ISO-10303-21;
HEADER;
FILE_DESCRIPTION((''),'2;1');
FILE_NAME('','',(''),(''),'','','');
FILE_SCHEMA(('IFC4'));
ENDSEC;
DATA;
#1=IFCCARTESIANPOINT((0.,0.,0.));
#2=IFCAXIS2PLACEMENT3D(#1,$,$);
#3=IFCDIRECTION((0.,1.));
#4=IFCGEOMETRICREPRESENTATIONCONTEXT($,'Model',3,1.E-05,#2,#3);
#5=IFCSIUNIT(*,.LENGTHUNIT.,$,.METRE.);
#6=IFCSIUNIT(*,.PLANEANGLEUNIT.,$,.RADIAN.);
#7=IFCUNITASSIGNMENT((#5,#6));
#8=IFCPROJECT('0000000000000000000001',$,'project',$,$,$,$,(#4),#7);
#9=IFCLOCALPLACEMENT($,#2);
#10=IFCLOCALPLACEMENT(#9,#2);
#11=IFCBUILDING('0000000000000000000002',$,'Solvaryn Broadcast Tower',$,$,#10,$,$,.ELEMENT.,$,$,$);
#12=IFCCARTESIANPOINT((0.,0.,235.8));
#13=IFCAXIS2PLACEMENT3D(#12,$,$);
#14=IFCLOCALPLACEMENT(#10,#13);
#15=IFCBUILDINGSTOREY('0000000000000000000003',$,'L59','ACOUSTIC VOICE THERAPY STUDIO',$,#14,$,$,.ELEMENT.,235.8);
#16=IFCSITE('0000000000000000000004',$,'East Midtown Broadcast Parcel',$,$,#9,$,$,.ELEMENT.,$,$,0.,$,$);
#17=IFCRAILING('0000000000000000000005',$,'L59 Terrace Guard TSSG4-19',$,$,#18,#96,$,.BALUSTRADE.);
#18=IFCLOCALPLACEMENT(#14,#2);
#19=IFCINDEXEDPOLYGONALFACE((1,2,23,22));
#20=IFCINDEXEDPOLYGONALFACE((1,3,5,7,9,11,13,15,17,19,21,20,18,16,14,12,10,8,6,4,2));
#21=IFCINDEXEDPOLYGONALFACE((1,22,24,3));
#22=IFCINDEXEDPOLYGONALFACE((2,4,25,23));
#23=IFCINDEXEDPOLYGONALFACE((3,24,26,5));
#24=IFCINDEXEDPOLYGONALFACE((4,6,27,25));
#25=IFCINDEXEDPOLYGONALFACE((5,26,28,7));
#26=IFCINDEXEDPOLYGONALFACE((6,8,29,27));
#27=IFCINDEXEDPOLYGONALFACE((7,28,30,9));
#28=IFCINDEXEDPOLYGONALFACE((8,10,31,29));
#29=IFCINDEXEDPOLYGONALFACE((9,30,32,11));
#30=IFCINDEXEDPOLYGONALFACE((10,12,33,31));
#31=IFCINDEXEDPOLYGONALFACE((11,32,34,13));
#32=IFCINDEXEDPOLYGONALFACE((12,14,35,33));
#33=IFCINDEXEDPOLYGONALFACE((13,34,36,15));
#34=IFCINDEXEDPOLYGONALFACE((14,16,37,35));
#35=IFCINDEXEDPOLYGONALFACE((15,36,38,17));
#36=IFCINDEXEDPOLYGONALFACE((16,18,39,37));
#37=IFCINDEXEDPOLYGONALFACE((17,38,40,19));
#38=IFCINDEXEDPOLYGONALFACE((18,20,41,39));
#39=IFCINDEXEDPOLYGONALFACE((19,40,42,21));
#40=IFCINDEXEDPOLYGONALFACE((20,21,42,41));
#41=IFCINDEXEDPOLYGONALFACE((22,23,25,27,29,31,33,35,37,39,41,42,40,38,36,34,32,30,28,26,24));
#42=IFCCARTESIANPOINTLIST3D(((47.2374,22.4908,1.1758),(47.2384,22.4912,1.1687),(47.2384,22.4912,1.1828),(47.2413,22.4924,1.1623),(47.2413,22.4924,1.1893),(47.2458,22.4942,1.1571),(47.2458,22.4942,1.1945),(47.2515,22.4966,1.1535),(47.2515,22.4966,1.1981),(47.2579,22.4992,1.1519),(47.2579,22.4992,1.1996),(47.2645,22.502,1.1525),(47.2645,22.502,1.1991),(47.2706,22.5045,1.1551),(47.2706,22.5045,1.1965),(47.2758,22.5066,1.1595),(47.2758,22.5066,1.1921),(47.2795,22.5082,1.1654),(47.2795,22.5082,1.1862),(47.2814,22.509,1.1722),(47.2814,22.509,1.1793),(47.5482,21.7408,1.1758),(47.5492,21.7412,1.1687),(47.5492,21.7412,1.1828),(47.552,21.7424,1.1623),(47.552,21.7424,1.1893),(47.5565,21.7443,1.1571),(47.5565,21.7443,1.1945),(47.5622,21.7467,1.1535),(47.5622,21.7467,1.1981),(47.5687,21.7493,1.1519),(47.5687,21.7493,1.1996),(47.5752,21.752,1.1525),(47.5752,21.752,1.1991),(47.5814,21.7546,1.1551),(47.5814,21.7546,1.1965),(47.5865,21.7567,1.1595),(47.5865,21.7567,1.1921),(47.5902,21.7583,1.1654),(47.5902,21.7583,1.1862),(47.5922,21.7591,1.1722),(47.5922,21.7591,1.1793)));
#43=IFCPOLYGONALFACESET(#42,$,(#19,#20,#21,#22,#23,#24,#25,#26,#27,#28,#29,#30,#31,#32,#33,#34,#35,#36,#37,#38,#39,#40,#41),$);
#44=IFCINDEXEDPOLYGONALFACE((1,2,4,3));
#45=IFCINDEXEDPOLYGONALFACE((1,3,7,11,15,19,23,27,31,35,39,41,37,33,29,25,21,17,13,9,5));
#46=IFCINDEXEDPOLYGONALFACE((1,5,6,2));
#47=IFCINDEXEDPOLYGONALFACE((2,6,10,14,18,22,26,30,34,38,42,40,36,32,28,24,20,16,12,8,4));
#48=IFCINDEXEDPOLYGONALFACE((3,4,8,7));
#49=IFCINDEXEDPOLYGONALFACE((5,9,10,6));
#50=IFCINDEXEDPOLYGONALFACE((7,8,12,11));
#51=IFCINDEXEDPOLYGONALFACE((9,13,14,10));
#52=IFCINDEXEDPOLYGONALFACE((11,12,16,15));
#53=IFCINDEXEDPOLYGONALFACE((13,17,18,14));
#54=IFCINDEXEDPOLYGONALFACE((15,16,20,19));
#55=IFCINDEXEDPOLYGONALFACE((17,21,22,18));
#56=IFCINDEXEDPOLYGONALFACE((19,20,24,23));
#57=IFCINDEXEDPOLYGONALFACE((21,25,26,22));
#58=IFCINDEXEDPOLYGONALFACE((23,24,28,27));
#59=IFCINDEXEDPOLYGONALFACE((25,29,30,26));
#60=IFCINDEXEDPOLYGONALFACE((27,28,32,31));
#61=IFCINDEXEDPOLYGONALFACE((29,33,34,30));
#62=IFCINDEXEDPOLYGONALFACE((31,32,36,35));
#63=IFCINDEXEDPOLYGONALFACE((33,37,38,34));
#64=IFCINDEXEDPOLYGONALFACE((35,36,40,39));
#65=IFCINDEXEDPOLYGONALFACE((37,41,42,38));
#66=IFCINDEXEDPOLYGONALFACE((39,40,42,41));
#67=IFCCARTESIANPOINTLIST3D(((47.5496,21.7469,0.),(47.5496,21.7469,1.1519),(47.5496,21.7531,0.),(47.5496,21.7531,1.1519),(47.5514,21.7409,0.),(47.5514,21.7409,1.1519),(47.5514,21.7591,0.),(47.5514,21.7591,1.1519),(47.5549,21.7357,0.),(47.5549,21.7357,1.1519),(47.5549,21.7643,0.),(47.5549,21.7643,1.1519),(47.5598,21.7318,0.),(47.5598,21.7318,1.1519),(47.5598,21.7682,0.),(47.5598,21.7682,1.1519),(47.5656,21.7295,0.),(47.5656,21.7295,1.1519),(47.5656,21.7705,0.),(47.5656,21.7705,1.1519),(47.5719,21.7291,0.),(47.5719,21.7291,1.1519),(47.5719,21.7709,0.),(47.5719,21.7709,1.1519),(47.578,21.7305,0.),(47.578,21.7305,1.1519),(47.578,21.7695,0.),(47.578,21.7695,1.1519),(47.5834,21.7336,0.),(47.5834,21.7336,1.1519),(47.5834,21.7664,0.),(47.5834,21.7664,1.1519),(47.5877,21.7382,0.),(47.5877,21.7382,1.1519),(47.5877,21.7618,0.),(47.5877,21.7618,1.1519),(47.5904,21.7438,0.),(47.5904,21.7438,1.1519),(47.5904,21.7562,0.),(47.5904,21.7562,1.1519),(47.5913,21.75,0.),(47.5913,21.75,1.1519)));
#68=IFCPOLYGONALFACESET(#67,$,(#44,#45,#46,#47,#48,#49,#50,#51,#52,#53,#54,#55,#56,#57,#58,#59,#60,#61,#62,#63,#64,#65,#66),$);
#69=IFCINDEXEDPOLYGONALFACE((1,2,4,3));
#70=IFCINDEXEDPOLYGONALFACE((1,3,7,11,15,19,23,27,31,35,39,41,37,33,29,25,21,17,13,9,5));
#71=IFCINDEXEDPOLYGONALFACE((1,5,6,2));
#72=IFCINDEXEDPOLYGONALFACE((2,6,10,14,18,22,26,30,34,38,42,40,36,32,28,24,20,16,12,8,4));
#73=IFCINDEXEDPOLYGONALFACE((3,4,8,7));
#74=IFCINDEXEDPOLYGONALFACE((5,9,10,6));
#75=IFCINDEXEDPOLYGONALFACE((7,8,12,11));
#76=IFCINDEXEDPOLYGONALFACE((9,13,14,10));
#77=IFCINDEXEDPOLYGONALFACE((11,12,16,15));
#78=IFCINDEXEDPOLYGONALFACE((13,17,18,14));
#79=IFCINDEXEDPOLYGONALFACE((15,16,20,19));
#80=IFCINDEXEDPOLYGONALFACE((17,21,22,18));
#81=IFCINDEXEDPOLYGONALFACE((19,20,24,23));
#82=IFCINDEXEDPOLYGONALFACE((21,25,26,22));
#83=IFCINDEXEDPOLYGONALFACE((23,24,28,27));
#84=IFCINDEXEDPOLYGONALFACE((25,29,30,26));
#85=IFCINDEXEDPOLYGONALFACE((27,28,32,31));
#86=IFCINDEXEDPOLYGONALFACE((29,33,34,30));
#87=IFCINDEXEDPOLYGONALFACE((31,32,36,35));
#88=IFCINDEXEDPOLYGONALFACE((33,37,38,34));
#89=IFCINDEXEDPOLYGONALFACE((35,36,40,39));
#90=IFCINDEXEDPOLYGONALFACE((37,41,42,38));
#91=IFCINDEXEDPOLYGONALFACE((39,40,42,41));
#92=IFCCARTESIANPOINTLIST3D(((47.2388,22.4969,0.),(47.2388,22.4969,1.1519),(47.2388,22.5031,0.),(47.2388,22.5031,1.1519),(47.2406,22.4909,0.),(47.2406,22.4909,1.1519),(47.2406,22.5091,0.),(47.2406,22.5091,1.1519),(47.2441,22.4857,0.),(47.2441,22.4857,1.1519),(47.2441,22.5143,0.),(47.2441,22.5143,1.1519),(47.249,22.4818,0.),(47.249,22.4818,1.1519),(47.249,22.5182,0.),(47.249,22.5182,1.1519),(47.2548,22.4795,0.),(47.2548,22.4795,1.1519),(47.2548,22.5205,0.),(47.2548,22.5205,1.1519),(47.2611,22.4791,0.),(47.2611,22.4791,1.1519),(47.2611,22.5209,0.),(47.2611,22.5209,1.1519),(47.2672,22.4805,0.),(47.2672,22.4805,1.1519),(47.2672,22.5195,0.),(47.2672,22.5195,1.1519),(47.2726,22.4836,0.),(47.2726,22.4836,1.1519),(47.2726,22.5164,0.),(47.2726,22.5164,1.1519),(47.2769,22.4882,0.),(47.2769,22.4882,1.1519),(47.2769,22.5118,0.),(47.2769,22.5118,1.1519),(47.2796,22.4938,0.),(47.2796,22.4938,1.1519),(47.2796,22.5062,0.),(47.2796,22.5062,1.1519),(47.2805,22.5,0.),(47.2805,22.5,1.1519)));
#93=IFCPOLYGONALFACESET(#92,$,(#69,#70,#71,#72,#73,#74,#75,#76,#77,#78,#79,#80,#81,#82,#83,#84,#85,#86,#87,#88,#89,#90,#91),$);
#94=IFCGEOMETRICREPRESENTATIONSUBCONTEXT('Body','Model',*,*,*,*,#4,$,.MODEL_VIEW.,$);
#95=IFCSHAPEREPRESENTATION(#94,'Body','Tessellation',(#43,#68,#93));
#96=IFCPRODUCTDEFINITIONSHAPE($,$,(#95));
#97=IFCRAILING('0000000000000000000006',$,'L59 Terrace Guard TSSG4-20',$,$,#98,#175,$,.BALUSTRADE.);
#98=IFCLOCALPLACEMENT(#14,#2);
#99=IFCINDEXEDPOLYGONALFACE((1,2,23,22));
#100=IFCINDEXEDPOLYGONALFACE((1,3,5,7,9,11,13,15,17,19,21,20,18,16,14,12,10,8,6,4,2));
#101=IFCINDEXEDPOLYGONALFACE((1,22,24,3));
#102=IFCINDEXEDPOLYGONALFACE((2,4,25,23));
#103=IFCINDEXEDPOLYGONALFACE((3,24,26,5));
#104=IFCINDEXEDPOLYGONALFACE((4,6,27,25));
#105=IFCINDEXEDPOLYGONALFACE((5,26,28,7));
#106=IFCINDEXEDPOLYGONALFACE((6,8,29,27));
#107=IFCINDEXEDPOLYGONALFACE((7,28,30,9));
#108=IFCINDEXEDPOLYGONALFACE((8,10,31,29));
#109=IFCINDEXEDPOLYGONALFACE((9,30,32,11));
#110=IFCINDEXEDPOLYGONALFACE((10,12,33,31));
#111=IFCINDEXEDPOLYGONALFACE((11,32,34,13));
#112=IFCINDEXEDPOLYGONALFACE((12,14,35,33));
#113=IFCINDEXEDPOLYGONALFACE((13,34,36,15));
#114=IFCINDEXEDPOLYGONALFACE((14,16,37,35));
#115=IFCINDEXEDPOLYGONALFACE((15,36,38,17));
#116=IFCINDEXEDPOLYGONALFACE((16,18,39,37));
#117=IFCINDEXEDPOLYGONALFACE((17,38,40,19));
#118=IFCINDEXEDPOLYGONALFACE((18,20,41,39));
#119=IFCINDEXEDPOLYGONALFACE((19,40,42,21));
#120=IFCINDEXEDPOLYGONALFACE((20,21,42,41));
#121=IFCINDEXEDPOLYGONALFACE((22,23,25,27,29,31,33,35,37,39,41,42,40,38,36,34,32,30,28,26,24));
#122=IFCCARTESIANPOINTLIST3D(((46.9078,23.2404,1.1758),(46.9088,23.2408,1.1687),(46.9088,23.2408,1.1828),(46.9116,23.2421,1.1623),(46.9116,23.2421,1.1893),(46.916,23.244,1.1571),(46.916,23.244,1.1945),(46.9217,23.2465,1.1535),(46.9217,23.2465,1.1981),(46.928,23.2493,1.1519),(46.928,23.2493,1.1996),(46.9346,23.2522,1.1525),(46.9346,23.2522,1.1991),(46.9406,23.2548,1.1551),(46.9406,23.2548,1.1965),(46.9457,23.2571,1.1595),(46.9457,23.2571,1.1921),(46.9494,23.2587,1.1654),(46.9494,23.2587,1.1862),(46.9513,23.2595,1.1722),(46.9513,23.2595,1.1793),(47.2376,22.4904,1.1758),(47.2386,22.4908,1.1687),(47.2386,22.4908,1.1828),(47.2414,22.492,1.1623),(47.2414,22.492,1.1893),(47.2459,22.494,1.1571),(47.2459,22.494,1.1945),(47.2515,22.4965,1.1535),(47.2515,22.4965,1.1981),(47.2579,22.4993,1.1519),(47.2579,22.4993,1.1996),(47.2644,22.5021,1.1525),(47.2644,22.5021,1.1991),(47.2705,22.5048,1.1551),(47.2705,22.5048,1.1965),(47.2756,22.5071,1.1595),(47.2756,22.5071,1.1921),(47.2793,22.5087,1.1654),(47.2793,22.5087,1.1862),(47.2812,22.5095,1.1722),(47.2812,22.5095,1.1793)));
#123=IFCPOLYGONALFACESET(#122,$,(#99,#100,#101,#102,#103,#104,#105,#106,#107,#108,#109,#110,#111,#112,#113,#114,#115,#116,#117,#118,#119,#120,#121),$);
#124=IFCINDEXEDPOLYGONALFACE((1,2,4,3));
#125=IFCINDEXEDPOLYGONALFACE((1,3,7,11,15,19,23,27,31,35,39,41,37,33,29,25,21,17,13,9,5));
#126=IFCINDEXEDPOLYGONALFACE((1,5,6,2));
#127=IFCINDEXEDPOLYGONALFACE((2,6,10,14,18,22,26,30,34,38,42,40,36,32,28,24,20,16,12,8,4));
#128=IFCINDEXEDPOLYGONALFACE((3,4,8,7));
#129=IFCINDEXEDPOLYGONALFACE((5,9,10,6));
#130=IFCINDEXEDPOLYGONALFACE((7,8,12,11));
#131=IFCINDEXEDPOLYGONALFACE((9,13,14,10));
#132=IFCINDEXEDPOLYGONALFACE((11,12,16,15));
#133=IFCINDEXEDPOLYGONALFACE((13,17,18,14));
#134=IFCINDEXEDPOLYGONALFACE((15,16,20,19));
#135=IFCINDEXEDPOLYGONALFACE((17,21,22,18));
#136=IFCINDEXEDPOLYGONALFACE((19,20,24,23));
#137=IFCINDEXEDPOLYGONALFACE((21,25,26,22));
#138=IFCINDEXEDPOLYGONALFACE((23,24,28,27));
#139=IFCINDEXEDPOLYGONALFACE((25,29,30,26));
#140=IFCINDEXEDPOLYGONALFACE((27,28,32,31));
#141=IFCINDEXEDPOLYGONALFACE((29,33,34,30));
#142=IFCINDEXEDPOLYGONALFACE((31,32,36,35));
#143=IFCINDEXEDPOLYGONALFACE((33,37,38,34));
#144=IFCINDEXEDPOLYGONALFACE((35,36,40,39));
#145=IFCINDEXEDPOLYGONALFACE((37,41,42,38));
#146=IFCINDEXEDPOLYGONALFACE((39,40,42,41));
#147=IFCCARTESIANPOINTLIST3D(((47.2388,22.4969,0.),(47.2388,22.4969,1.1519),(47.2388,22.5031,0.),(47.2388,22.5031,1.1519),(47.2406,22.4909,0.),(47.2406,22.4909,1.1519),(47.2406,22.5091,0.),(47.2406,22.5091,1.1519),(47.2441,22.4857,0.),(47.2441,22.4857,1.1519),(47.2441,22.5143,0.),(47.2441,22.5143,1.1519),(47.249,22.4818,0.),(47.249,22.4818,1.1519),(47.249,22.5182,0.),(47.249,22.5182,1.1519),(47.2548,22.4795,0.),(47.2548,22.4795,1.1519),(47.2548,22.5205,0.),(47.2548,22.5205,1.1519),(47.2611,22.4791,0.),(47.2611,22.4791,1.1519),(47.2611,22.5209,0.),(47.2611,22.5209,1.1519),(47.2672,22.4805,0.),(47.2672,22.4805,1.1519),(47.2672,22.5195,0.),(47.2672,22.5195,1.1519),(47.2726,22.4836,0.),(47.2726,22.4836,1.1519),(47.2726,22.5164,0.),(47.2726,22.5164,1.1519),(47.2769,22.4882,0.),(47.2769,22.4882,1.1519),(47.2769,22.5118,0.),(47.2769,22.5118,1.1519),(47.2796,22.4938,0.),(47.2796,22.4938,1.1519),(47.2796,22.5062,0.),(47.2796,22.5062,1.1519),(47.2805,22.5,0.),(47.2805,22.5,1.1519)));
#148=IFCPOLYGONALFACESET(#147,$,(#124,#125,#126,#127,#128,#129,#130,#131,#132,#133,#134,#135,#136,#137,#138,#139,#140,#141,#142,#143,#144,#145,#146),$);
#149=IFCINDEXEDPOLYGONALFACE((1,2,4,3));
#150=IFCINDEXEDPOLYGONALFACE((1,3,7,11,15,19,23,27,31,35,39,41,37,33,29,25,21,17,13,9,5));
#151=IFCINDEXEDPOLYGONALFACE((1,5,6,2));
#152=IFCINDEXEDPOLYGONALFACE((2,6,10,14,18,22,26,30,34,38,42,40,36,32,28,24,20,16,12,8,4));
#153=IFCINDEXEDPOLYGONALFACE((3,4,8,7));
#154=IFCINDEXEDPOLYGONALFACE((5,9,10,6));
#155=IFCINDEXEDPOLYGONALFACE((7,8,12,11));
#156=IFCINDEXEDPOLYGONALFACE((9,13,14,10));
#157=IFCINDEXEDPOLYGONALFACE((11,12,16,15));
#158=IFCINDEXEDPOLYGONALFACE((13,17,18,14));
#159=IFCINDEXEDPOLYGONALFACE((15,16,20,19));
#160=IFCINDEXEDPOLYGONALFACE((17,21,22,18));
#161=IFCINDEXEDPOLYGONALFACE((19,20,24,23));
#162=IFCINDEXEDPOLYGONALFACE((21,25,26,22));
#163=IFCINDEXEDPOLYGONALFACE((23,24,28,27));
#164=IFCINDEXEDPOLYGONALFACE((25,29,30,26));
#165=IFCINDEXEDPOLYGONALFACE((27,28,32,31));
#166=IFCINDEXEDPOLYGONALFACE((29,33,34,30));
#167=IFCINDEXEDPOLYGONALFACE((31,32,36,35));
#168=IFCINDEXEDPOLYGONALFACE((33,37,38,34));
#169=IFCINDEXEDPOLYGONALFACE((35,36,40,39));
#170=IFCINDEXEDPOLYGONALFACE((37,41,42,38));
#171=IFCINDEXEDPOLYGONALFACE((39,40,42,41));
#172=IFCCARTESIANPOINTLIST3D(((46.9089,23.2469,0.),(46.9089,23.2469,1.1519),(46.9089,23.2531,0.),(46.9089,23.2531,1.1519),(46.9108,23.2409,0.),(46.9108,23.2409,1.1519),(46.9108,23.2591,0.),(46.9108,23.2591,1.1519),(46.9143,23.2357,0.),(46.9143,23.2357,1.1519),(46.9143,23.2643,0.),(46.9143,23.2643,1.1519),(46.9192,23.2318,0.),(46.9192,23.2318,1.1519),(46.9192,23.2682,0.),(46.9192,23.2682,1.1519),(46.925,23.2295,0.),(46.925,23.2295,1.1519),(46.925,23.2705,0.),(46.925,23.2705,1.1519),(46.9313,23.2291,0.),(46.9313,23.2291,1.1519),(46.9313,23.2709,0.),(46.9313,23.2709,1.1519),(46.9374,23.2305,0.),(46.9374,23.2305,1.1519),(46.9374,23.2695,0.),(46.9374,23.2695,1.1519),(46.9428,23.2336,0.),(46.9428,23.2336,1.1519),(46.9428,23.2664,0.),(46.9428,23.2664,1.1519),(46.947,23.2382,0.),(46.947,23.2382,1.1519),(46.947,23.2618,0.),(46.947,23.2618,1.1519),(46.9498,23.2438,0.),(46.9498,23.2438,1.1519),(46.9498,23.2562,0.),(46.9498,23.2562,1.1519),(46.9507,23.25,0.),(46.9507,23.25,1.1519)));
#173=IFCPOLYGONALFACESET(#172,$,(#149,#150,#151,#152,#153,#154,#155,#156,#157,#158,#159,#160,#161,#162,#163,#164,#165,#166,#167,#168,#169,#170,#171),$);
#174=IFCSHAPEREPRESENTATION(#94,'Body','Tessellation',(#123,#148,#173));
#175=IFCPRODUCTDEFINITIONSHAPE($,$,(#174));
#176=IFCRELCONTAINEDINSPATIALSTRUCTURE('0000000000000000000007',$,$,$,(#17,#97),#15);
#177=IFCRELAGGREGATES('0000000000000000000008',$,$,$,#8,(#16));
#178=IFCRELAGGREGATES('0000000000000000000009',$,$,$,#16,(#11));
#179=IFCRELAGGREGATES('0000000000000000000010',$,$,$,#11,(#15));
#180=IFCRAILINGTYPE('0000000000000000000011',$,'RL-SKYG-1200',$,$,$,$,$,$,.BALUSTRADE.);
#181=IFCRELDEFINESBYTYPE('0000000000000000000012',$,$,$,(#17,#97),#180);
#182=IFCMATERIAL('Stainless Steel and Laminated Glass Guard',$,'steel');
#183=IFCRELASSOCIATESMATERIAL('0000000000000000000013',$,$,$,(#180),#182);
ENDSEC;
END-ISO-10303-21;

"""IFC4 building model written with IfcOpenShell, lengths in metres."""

from ifc_helpers import new_model, si_unit, direction, frame, origin, origin_2d, place, context, subcontext, project, spatial, circle, extrude, material, type_object, element, save


model = new_model("IFC4")

# Units and contexts
model_context = context("Model", 3, precision=1e-05, world=origin(), true_north=direction((0.0, 1.0)))
body_context = subcontext(model_context, "Body", "Model", "MODEL_VIEW")
ifc_project = project(units=[si_unit("LENGTHUNIT", "METRE"), si_unit("PLANEANGLEUNIT", "RADIAN")], contexts=[model_context])

# Site, building, storey
site_placement = place(None, origin())
site = spatial("IfcSite", under=ifc_project, at=site_placement, Name="East Midtown Broadcast Parcel", CompositionType="ELEMENT", RefElevation=0.0)
building_placement = place(site_placement, origin())
building = spatial("IfcBuilding", under=site, at=building_placement, Name="Solvaryn Broadcast Tower", CompositionType="ELEMENT")
storey_placement = place(building_placement, frame((0.0, 0.0, 235.8)))
storey = spatial("IfcBuildingStorey", under=building, at=storey_placement, Name="L59", Description="ACOUSTIC VOICE THERAPY STUDIO", CompositionType="ELEMENT", Elevation=235.8)

# Railings
ifc_material_1 = material(Name="Stainless Steel and Laminated Glass Guard", Category="steel")
railing_type = type_object("IfcRailingType", Name="RL-SKYG-1200", PredefinedType="BALUSTRADE", material=ifc_material_1)
railing_1_placement = place(storey_placement, frame((47.5703, 21.75, 0.0)))
element("IfcRailing", 1, at=railing_1_placement, inside=storey, type_object=railing_type, Name="L59 Terrace Guard TSSG4-19", PredefinedType="BALUSTRADE", context=body_context, shape_type="SweptSolid", body=[
    extrude(circle(Radius=0.0239, at=origin_2d()), frame((0.0, 0.0, 1.1758), z_axis=(-0.382821, 0.923823, 0.0), x_axis=(-0.923823, -0.382821, 0.0)), (0.0, 0.0, 1.0), 0.8118),
    extrude(circle(Radius=0.021, at=origin_2d()), origin(), (0.0, 0.0, 1.0), 1.1519),
    extrude(circle(Radius=0.021, at=origin_2d()), frame((-0.3108, 0.75, 0.0)), (0.0, 0.0, 1.0), 1.1519),
])
railing_2_placement = place(storey_placement, frame((47.2595, 22.5, 0.0)))
element("IfcRailing", 2, at=railing_2_placement, inside=storey, type_object=railing_type, Name="L59 Terrace Guard TSSG4-20", PredefinedType="BALUSTRADE", context=body_context, shape_type="SweptSolid", body=[
    extrude(circle(Radius=0.0239, at=origin_2d()), frame((0.0, 0.0, 1.1758), z_axis=(-0.402569, 0.91539, 0.0), x_axis=(-0.91539, -0.402569, 0.0)), (0.0, 0.0, 1.0), 0.8193),
    extrude(circle(Radius=0.021, at=origin_2d()), origin(), (0.0, 0.0, 1.0), 1.1519),
    extrude(circle(Radius=0.021, at=origin_2d()), frame((-0.3298, 0.75, 0.0)), (0.0, 0.0, 1.0), 1.1519),
])

save(model, "model.ifc")
